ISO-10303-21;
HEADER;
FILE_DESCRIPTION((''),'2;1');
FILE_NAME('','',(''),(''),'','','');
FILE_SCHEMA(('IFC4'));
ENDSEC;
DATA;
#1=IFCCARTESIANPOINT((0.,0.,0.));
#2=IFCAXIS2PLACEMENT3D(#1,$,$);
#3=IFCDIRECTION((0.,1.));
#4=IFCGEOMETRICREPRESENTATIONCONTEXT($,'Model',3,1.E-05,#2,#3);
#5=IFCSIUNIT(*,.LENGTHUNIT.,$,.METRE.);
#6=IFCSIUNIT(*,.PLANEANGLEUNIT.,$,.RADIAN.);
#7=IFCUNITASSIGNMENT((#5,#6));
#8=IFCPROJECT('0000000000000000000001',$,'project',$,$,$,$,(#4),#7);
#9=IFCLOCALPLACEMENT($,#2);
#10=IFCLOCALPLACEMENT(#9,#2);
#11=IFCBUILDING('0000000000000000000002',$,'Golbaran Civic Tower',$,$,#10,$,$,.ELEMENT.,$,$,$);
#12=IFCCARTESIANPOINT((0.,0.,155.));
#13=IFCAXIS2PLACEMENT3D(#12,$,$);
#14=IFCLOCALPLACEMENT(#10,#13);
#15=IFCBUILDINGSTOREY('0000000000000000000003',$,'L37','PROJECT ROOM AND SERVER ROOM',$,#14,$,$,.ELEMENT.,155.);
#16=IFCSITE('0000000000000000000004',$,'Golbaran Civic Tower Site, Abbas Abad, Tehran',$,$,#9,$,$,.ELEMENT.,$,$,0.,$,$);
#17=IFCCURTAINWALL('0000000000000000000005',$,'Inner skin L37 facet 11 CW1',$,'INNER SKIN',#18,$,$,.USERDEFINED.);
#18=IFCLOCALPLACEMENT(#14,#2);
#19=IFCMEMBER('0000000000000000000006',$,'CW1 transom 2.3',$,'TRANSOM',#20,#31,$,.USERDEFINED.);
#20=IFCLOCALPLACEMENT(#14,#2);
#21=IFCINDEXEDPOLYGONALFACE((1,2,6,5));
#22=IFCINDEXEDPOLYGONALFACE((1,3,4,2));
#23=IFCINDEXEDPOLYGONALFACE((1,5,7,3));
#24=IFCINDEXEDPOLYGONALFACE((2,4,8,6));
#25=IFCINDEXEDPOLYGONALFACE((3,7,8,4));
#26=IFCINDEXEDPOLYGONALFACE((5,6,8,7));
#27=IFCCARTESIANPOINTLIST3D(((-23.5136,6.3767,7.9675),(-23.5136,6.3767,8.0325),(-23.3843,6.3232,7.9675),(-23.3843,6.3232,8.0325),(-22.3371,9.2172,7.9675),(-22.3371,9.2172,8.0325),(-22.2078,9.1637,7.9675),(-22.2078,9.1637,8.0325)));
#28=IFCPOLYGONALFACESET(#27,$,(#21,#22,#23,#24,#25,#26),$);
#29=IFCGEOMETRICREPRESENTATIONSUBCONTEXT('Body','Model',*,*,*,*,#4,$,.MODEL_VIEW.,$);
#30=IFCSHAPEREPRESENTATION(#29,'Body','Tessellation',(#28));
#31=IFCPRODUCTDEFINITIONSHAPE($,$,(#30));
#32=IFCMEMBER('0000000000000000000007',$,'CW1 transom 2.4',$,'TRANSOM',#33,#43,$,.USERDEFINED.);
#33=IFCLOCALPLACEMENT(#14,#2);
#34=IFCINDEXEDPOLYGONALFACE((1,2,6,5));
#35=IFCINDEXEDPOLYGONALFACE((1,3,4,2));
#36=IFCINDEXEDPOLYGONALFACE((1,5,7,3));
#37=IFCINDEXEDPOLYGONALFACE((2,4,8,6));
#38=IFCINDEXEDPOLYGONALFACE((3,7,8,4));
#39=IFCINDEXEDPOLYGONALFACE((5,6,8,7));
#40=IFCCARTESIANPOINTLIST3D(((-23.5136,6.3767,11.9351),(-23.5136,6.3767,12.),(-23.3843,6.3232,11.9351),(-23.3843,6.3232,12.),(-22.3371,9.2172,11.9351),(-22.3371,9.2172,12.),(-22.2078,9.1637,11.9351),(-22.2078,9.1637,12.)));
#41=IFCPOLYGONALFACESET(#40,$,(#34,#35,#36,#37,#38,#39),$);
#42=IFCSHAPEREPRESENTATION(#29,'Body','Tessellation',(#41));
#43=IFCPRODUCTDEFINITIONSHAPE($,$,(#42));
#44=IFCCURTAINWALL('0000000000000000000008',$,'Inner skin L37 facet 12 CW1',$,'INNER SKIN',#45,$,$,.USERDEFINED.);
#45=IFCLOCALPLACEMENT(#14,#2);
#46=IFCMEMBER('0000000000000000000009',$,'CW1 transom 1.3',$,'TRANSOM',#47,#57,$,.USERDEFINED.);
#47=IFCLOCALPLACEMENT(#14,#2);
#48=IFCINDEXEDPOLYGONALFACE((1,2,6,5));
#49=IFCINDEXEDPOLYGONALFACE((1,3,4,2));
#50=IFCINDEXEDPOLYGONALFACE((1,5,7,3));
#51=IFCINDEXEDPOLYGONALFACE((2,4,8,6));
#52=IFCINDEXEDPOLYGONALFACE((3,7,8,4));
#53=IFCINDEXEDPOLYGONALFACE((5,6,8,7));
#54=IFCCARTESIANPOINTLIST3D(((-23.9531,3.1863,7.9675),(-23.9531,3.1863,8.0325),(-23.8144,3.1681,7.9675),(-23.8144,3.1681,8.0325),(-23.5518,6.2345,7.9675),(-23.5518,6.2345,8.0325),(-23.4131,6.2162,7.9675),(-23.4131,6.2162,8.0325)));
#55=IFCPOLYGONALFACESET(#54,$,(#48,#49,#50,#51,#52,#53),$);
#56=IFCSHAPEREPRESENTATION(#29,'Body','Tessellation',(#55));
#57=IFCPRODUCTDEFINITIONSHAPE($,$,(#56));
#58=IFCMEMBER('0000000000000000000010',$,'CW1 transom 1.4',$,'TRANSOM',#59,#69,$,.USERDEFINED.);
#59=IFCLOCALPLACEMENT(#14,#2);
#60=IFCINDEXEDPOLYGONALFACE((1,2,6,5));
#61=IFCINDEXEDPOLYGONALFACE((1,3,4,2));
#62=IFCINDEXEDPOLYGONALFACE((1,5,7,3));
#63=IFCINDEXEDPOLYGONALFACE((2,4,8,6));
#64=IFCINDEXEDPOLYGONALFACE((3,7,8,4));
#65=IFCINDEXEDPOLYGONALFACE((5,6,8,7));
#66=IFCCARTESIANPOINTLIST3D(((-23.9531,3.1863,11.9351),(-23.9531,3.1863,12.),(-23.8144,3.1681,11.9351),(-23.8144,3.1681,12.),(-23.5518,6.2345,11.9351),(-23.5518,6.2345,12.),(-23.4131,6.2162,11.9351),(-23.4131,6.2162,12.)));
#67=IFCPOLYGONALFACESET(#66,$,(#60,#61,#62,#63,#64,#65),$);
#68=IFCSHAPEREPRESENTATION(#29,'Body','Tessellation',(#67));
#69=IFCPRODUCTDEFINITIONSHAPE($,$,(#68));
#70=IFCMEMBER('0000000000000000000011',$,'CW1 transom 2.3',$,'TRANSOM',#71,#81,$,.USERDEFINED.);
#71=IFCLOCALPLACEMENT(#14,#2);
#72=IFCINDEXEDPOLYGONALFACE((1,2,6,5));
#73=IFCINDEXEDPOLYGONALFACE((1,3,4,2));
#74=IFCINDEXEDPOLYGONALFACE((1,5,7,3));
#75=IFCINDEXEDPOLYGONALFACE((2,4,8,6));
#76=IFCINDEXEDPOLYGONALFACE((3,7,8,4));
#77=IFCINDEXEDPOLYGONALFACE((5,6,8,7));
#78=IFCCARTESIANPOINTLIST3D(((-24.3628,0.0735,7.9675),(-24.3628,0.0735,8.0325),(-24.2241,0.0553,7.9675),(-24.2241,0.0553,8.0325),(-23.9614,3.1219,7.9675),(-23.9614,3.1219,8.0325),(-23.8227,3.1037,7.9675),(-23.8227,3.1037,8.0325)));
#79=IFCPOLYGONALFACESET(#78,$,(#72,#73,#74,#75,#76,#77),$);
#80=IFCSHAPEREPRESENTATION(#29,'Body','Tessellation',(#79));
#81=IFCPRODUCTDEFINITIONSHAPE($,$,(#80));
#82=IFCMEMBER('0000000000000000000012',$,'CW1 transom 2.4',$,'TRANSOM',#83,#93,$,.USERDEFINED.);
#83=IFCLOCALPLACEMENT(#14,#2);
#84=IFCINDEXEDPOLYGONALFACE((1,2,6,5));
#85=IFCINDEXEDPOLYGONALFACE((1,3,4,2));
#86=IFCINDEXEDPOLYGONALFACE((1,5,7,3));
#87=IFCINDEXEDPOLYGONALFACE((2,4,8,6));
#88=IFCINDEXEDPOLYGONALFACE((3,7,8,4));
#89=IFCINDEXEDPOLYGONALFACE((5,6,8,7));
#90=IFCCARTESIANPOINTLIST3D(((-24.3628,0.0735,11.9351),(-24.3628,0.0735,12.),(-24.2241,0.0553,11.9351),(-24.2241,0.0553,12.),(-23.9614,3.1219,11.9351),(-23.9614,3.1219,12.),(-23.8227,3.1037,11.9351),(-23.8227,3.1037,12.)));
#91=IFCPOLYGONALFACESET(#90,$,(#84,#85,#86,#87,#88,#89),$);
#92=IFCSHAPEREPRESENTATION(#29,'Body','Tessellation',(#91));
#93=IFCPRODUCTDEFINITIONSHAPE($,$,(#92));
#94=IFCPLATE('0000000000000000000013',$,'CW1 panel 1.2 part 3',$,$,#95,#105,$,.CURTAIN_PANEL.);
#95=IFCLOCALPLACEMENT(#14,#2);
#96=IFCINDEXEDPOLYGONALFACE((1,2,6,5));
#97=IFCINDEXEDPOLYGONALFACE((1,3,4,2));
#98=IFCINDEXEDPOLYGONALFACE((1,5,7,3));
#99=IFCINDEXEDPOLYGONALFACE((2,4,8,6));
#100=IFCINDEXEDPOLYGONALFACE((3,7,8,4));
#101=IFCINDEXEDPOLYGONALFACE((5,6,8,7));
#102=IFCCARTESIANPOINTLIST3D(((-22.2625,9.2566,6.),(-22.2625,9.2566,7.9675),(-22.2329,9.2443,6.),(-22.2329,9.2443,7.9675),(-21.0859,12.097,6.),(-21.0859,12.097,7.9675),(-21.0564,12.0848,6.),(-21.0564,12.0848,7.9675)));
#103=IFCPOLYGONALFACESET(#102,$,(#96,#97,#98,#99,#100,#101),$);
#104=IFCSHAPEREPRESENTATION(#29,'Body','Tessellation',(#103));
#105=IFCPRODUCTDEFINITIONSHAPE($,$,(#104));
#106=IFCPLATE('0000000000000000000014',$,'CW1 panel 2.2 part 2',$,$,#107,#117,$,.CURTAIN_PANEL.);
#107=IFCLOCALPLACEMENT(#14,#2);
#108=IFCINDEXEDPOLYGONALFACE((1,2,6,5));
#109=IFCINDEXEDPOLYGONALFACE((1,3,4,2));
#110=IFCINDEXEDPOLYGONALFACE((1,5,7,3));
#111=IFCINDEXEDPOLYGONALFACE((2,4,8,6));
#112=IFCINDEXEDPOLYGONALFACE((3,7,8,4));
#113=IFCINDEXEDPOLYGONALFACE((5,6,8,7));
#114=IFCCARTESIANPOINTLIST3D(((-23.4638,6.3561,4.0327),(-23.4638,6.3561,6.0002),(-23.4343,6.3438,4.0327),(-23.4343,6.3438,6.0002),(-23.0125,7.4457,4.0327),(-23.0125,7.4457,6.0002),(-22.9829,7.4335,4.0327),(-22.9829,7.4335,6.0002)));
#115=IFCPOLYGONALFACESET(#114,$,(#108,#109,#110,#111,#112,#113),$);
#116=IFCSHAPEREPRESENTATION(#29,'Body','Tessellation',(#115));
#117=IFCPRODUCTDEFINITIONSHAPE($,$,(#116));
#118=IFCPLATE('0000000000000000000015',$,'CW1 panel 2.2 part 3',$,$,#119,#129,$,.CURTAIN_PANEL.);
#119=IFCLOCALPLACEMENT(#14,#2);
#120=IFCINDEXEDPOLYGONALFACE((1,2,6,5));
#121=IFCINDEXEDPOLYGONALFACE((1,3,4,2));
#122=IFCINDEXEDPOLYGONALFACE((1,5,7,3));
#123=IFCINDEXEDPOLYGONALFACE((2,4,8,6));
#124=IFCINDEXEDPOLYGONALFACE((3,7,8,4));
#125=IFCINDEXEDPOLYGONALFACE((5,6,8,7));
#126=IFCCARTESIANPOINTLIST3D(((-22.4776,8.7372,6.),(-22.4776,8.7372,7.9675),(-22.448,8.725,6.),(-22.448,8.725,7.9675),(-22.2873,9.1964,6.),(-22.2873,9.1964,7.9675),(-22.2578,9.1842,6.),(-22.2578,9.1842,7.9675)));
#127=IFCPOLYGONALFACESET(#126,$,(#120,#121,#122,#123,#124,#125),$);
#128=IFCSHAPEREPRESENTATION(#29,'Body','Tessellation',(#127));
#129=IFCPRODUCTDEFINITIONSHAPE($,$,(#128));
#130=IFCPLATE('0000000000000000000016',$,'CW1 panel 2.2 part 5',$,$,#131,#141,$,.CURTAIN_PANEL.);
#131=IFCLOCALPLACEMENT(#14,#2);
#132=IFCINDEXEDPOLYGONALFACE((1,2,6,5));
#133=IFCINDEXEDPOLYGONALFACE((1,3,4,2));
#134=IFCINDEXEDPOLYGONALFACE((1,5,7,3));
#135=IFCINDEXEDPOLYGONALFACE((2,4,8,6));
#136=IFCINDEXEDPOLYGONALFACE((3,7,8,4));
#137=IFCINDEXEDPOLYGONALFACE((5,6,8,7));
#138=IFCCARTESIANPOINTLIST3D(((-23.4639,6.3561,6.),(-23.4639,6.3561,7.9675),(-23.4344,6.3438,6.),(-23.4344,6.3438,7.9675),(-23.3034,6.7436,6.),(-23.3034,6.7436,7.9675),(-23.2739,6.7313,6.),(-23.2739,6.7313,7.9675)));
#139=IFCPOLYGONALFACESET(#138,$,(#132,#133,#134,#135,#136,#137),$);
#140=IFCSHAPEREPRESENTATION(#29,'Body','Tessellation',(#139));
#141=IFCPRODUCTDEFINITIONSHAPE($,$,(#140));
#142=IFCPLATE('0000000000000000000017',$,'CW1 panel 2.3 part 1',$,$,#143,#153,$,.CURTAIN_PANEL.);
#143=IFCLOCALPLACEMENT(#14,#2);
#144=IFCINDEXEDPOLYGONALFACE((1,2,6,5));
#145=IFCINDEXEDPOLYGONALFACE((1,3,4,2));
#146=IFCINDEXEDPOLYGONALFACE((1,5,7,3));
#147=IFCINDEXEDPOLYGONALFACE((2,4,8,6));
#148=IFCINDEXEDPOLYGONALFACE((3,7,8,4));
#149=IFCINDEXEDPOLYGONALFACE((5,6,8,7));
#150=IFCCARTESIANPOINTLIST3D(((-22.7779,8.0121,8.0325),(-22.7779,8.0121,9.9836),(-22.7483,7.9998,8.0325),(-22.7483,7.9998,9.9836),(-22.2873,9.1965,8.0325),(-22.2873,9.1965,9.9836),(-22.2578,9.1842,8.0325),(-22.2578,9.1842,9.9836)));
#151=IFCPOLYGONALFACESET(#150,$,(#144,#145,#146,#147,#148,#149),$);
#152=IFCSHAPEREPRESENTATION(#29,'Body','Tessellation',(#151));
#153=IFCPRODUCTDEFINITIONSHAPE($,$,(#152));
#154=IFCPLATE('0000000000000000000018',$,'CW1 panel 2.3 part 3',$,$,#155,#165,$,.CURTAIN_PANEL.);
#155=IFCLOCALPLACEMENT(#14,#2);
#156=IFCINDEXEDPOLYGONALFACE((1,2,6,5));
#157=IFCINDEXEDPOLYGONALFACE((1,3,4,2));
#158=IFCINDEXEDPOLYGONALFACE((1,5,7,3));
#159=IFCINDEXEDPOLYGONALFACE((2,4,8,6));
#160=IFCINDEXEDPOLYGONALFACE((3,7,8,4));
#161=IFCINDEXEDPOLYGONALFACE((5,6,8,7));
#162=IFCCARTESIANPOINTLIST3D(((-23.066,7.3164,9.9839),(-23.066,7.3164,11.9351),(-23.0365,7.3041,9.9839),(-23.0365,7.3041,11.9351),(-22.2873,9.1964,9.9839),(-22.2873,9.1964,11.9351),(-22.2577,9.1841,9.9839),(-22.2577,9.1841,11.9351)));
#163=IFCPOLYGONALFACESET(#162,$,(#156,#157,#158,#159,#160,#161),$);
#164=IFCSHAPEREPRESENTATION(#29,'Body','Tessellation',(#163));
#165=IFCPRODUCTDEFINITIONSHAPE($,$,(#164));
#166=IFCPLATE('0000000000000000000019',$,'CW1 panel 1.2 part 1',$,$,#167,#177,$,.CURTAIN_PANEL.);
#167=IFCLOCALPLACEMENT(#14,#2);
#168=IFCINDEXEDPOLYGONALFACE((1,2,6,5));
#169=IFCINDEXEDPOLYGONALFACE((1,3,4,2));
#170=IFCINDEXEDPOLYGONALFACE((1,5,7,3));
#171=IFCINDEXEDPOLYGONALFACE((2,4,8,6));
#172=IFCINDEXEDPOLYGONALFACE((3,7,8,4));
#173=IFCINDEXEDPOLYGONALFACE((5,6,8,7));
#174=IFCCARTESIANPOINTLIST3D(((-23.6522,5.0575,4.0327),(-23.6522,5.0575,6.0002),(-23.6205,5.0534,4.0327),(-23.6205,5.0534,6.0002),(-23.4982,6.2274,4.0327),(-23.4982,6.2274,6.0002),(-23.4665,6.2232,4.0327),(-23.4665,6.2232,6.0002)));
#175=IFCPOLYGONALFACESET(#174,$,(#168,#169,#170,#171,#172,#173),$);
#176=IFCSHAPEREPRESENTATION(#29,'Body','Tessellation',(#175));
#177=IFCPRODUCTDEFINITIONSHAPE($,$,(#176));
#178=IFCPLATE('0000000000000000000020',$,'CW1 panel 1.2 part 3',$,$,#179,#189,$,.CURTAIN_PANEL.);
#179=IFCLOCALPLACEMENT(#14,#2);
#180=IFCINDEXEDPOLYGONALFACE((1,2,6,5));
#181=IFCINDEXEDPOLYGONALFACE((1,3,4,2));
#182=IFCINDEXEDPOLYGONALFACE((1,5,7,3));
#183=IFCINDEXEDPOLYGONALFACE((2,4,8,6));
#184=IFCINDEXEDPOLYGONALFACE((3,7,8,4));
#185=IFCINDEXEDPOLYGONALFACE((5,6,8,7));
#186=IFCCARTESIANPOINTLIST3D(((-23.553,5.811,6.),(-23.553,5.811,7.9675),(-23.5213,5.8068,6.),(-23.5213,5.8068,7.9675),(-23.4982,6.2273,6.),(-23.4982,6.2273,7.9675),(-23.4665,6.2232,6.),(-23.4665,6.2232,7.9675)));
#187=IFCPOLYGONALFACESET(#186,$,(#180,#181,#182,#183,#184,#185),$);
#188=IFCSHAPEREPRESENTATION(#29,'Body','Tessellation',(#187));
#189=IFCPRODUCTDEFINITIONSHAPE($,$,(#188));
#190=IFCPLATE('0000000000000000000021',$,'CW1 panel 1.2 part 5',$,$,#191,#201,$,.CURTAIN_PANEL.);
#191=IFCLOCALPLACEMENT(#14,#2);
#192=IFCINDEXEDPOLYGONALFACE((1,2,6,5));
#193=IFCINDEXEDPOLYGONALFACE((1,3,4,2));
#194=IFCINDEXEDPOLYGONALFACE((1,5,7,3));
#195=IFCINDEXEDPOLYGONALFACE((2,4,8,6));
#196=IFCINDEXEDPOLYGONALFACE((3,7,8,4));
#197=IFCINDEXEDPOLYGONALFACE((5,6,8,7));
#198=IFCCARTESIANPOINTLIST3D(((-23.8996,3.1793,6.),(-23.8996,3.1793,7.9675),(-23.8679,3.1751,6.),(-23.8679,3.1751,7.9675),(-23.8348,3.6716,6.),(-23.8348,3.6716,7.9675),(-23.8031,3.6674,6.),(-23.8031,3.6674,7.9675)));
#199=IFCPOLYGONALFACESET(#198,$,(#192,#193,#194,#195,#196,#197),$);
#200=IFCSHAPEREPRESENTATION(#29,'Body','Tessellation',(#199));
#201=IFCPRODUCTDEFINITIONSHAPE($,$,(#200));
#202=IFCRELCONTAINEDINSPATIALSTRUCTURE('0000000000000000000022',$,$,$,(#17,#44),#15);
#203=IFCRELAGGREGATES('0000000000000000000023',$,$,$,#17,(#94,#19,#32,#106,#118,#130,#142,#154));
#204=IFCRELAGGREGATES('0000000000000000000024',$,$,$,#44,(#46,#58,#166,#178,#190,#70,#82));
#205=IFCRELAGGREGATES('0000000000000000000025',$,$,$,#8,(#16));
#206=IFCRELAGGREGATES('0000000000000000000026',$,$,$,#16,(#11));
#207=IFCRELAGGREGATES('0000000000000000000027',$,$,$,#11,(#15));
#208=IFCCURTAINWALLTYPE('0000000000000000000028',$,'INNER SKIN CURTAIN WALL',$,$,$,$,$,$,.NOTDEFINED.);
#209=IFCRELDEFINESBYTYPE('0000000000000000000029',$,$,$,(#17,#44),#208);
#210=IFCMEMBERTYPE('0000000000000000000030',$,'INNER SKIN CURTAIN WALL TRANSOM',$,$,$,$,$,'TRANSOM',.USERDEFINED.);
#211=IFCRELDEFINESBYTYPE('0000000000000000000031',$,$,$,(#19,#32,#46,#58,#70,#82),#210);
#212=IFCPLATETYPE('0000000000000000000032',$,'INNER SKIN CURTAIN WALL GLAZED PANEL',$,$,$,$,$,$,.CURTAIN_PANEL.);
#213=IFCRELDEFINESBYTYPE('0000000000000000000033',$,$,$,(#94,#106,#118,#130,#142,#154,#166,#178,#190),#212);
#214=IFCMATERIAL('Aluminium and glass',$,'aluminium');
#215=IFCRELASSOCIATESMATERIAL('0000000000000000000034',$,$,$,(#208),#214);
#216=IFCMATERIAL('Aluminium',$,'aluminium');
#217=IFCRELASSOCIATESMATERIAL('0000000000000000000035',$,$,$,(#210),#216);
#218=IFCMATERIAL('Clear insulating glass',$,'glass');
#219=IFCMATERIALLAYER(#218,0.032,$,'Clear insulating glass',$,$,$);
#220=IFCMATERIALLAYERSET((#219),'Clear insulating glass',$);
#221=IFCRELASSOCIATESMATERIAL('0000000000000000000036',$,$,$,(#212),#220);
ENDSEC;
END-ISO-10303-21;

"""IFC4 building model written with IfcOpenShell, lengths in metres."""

from ifc_helpers import new_model, si_unit, direction, frame, origin, origin_2d, place, context, subcontext, project, spatial, rectangle, extrude, material, layer, layer_set, material_profile, profile_set, type_object, element, aggregate, save


model = new_model("IFC4")

# Units and contexts
model_context = context("Model", 3, precision=1e-05, world=origin(), true_north=direction((0.0, 1.0)))
body_context = subcontext(model_context, "Body", "Model", "MODEL_VIEW")
ifc_project = project(units=[si_unit("LENGTHUNIT", "METRE"), si_unit("PLANEANGLEUNIT", "RADIAN")], contexts=[model_context])

# Site, building, storey
site_placement = place(None, origin())
site = spatial("IfcSite", under=ifc_project, at=site_placement, Name="Golbaran Civic Tower Site, Abbas Abad, Tehran", CompositionType="ELEMENT", RefElevation=0.0)
building_placement = place(site_placement, origin())
building = spatial("IfcBuilding", under=site, at=building_placement, Name="Golbaran Civic Tower", CompositionType="ELEMENT")
storey_placement = place(building_placement, frame((0.0, 0.0, 155.0)))
storey = spatial("IfcBuildingStorey", under=building, at=storey_placement, Name="L37", Description="PROJECT ROOM AND SERVER ROOM", CompositionType="ELEMENT", Elevation=155.0)

# Curtain walls, members
ifc_material_1 = material(Name="Aluminium and glass", Category="aluminium")
curtain_wall_type = type_object("IfcCurtainWallType", Name="INNER SKIN CURTAIN WALL", PredefinedType="NOTDEFINED", material=ifc_material_1)
curtain_wall_1_placement = place(storey_placement, origin())
curtain_wall_1 = element("IfcCurtainWall", 1, at=curtain_wall_1_placement, inside=storey, type_object=curtain_wall_type, Name="Inner skin L37 facet 11 CW1", ObjectType="INNER SKIN", PredefinedType="USERDEFINED")
ifc_material_2 = material(Name="Aluminium", Category="aluminium")
ifc_material_profile = material_profile(ifc_material_2, rectangle(XDim=0.1399, YDim=0.0649, at=origin_2d()), Name="INNER SKIN CURTAIN WALL TRANSOM")
ifc_profile_set = profile_set([ifc_material_profile], Name="Aluminium")
member_type = type_object("IfcMemberType", Name="INNER SKIN CURTAIN WALL TRANSOM", ElementType="TRANSOM", PredefinedType="USERDEFINED", material=ifc_profile_set)
member_1_placement = place(storey_placement, frame((-22.2725, 9.1904, 8.0), z_axis=(-0.382658, -0.92389, 0.0), x_axis=(0.92389, -0.382658, 0.0)))
member_1 = element("IfcMember", 2, at=member_1_placement, type_object=member_type, Name="CW1 transom 2.3", ObjectType="TRANSOM", PredefinedType="USERDEFINED", context=body_context, shape_type="SweptSolid", body=[
    extrude(rectangle(XDim=0.1399, YDim=0.0649, at=origin_2d()), origin(), (0.0, 0.0, 1.0), 3.0745),
])
member_2_placement = place(storey_placement, frame((-22.2725, 9.1904, 11.9675), z_axis=(-0.382658, -0.92389, 0.0), x_axis=(0.92389, -0.382658, 0.0)))
member_2 = element("IfcMember", 3, at=member_2_placement, type_object=member_type, Name="CW1 transom 2.4", ObjectType="TRANSOM", PredefinedType="USERDEFINED", context=body_context, shape_type="SweptSolid", body=[
    extrude(rectangle(XDim=0.1399, YDim=0.0649, at=origin_2d()), origin(), (0.0, 0.0, 1.0), 3.0745),
])
curtain_wall_2_placement = place(storey_placement, origin())
curtain_wall_2 = element("IfcCurtainWall", 4, at=curtain_wall_2_placement, inside=storey, type_object=curtain_wall_type, Name="Inner skin L37 facet 12 CW1", ObjectType="INNER SKIN", PredefinedType="USERDEFINED")
member_3_placement = place(storey_placement, frame((-23.4824, 6.2253, 8.0), z_axis=(-0.130551, -0.991442, 0.0), x_axis=(0.991442, -0.130551, 0.0)))
member_3 = element("IfcMember", 5, at=member_3_placement, type_object=member_type, Name="CW1 transom 1.3", ObjectType="TRANSOM", PredefinedType="USERDEFINED", context=body_context, shape_type="SweptSolid", body=[
    extrude(rectangle(XDim=0.1399, YDim=0.0649, at=origin_2d()), origin(), (0.0, 0.0, 1.0), 3.0745),
])
member_4_placement = place(storey_placement, frame((-23.4824, 6.2253, 11.9675), z_axis=(-0.130551, -0.991442, 0.0), x_axis=(0.991442, -0.130551, 0.0)))
member_4 = element("IfcMember", 6, at=member_4_placement, type_object=member_type, Name="CW1 transom 1.4", ObjectType="TRANSOM", PredefinedType="USERDEFINED", context=body_context, shape_type="SweptSolid", body=[
    extrude(rectangle(XDim=0.1399, YDim=0.0649, at=origin_2d()), origin(), (0.0, 0.0, 1.0), 3.0745),
])
member_5_placement = place(storey_placement, frame((-23.8921, 3.1128, 8.0), z_axis=(-0.130541, -0.991443, 0.0), x_axis=(0.991443, -0.130541, 0.0)))
member_5 = element("IfcMember", 7, at=member_5_placement, type_object=member_type, Name="CW1 transom 2.3", ObjectType="TRANSOM", PredefinedType="USERDEFINED", context=body_context, shape_type="SweptSolid", body=[
    extrude(rectangle(XDim=0.1399, YDim=0.0649, at=origin_2d()), origin(), (0.0, 0.0, 1.0), 3.0747),
])
member_6_placement = place(storey_placement, frame((-23.8921, 3.1128, 11.9675), z_axis=(-0.130541, -0.991443, 0.0), x_axis=(0.991443, -0.130541, 0.0)))
member_6 = element("IfcMember", 8, at=member_6_placement, type_object=member_type, Name="CW1 transom 2.4", ObjectType="TRANSOM", PredefinedType="USERDEFINED", context=body_context, shape_type="SweptSolid", body=[
    extrude(rectangle(XDim=0.1399, YDim=0.0649, at=origin_2d()), origin(), (0.0, 0.0, 1.0), 3.0747),
])

# Plates
ifc_material_3 = material(Name="Clear insulating glass", Category="glass")
ifc_layer_1 = layer(ifc_material_3, 0.032, Name="Clear insulating glass")
ifc_layer_set_1 = layer_set([ifc_layer_1], Name="Clear insulating glass")
plate_type_1 = type_object("IfcPlateType", Name="INNER SKIN CURTAIN WALL GLAZED PANEL", PredefinedType="CURTAIN_PANEL", material=ifc_layer_set_1)
plate_1_placement = place(storey_placement, frame((-21.6594, 10.6707, 6.0), z_axis=(0.0, 0.0, 1.0), x_axis=(-0.382683, -0.92388, 0.0)))
plate_1 = element("IfcPlate", 9, at=plate_1_placement, type_object=plate_type_1, Name="CW1 panel 1.2 part 3", PredefinedType="CURTAIN_PANEL", context=body_context, shape_type="SweptSolid", body=[
    extrude(rectangle(XDim=3.0745, YDim=0.032, at=origin_2d()), origin(), (0.0, 0.0, 1.0), 1.9675),
])
plate_2_placement = place(storey_placement, frame((-23.2234, 6.8948, 4.0327), z_axis=(0.0, 0.0, 1.0), x_axis=(-0.382683, -0.92388, 0.0)))
plate_2 = element("IfcPlate", 10, at=plate_2_placement, type_object=plate_type_1, Name="CW1 panel 2.2 part 2", PredefinedType="CURTAIN_PANEL", context=body_context, shape_type="SweptSolid", body=[
    extrude(rectangle(XDim=1.1794, YDim=0.032, at=origin_2d()), origin(), (0.0, 0.0, 1.0), 1.9675),
])
plate_3_placement = place(storey_placement, frame((-22.3677, 8.9607, 6.0), z_axis=(0.0, 0.0, 1.0), x_axis=(-0.382683, -0.92388, 0.0)))
plate_3 = element("IfcPlate", 11, at=plate_3_placement, type_object=plate_type_1, Name="CW1 panel 2.2 part 3", PredefinedType="CURTAIN_PANEL", context=body_context, shape_type="SweptSolid", body=[
    extrude(rectangle(XDim=0.4971, YDim=0.032, at=origin_2d()), origin(), (0.0, 0.0, 1.0), 1.9675),
])
plate_4_placement = place(storey_placement, frame((-23.3689, 6.5437, 6.0), z_axis=(0.0, 0.0, 1.0), x_axis=(-0.382683, -0.92388, 0.0)))
plate_4 = element("IfcPlate", 12, at=plate_4_placement, type_object=plate_type_1, Name="CW1 panel 2.2 part 5", PredefinedType="CURTAIN_PANEL", context=body_context, shape_type="SweptSolid", body=[
    extrude(rectangle(XDim=0.4194, YDim=0.032, at=origin_2d()), origin(), (0.0, 0.0, 1.0), 1.9675),
])
plate_5_placement = place(storey_placement, frame((-22.5178, 8.5981, 8.0325), z_axis=(0.0, 0.0, 1.0), x_axis=(-0.382683, -0.92388, 0.0)))
plate_5 = element("IfcPlate", 13, at=plate_5_placement, type_object=plate_type_1, Name="CW1 panel 2.3 part 1", PredefinedType="CURTAIN_PANEL", context=body_context, shape_type="SweptSolid", body=[
    extrude(rectangle(XDim=1.282, YDim=0.032, at=origin_2d()), origin(), (0.0, 0.0, 1.0), 1.9512),
])
plate_6_placement = place(storey_placement, frame((-22.6619, 8.2502, 9.9839), z_axis=(0.0, 0.0, 1.0), x_axis=(-0.382683, -0.92388, 0.0)))
plate_6 = element("IfcPlate", 14, at=plate_6_placement, type_object=plate_type_1, Name="CW1 panel 2.3 part 3", PredefinedType="CURTAIN_PANEL", context=body_context, shape_type="SweptSolid", body=[
    extrude(rectangle(XDim=2.0349, YDim=0.032, at=origin_2d()), origin(), (0.0, 0.0, 1.0), 1.9512),
])
plate_7_placement = place(storey_placement, frame((-23.5593, 5.6404, 4.0327), z_axis=(0.0, 0.0, 1.0), x_axis=(-0.130526, -0.991445, 0.0)))
plate_7 = element("IfcPlate", 15, at=plate_7_placement, type_object=plate_type_1, Name="CW1 panel 1.2 part 1", PredefinedType="CURTAIN_PANEL", context=body_context, shape_type="SweptSolid", body=[
    extrude(rectangle(XDim=1.1799, YDim=0.032, at=origin_2d()), origin(), (0.0, 0.0, 1.0), 1.9675),
])
plate_8_placement = place(storey_placement, frame((-23.5098, 6.0171, 6.0), z_axis=(0.0, 0.0, 1.0), x_axis=(-0.130526, -0.991445, 0.0)))
plate_8 = element("IfcPlate", 16, at=plate_8_placement, type_object=plate_type_1, Name="CW1 panel 1.2 part 3", PredefinedType="CURTAIN_PANEL", context=body_context, shape_type="SweptSolid", body=[
    extrude(rectangle(XDim=0.4199, YDim=0.032, at=origin_2d()), origin(), (0.0, 0.0, 1.0), 1.9675),
])
plate_9_placement = place(storey_placement, frame((-23.8513, 3.4233, 6.0), z_axis=(0.0, 0.0, 1.0), x_axis=(-0.130526, -0.991445, 0.0)))
plate_9 = element("IfcPlate", 17, at=plate_9_placement, type_object=plate_type_1, Name="CW1 panel 1.2 part 5", PredefinedType="CURTAIN_PANEL", context=body_context, shape_type="SweptSolid", body=[
    extrude(rectangle(XDim=0.4966, YDim=0.032, at=origin_2d()), origin(), (0.0, 0.0, 1.0), 1.9675),
])
aggregate(curtain_wall_1, [plate_1, member_1, member_2, plate_2, plate_3, plate_4, plate_5, plate_6])
aggregate(curtain_wall_2, [member_3, member_4, plate_7, plate_8, plate_9, member_5, member_6])

save(model, "model.ifc")
